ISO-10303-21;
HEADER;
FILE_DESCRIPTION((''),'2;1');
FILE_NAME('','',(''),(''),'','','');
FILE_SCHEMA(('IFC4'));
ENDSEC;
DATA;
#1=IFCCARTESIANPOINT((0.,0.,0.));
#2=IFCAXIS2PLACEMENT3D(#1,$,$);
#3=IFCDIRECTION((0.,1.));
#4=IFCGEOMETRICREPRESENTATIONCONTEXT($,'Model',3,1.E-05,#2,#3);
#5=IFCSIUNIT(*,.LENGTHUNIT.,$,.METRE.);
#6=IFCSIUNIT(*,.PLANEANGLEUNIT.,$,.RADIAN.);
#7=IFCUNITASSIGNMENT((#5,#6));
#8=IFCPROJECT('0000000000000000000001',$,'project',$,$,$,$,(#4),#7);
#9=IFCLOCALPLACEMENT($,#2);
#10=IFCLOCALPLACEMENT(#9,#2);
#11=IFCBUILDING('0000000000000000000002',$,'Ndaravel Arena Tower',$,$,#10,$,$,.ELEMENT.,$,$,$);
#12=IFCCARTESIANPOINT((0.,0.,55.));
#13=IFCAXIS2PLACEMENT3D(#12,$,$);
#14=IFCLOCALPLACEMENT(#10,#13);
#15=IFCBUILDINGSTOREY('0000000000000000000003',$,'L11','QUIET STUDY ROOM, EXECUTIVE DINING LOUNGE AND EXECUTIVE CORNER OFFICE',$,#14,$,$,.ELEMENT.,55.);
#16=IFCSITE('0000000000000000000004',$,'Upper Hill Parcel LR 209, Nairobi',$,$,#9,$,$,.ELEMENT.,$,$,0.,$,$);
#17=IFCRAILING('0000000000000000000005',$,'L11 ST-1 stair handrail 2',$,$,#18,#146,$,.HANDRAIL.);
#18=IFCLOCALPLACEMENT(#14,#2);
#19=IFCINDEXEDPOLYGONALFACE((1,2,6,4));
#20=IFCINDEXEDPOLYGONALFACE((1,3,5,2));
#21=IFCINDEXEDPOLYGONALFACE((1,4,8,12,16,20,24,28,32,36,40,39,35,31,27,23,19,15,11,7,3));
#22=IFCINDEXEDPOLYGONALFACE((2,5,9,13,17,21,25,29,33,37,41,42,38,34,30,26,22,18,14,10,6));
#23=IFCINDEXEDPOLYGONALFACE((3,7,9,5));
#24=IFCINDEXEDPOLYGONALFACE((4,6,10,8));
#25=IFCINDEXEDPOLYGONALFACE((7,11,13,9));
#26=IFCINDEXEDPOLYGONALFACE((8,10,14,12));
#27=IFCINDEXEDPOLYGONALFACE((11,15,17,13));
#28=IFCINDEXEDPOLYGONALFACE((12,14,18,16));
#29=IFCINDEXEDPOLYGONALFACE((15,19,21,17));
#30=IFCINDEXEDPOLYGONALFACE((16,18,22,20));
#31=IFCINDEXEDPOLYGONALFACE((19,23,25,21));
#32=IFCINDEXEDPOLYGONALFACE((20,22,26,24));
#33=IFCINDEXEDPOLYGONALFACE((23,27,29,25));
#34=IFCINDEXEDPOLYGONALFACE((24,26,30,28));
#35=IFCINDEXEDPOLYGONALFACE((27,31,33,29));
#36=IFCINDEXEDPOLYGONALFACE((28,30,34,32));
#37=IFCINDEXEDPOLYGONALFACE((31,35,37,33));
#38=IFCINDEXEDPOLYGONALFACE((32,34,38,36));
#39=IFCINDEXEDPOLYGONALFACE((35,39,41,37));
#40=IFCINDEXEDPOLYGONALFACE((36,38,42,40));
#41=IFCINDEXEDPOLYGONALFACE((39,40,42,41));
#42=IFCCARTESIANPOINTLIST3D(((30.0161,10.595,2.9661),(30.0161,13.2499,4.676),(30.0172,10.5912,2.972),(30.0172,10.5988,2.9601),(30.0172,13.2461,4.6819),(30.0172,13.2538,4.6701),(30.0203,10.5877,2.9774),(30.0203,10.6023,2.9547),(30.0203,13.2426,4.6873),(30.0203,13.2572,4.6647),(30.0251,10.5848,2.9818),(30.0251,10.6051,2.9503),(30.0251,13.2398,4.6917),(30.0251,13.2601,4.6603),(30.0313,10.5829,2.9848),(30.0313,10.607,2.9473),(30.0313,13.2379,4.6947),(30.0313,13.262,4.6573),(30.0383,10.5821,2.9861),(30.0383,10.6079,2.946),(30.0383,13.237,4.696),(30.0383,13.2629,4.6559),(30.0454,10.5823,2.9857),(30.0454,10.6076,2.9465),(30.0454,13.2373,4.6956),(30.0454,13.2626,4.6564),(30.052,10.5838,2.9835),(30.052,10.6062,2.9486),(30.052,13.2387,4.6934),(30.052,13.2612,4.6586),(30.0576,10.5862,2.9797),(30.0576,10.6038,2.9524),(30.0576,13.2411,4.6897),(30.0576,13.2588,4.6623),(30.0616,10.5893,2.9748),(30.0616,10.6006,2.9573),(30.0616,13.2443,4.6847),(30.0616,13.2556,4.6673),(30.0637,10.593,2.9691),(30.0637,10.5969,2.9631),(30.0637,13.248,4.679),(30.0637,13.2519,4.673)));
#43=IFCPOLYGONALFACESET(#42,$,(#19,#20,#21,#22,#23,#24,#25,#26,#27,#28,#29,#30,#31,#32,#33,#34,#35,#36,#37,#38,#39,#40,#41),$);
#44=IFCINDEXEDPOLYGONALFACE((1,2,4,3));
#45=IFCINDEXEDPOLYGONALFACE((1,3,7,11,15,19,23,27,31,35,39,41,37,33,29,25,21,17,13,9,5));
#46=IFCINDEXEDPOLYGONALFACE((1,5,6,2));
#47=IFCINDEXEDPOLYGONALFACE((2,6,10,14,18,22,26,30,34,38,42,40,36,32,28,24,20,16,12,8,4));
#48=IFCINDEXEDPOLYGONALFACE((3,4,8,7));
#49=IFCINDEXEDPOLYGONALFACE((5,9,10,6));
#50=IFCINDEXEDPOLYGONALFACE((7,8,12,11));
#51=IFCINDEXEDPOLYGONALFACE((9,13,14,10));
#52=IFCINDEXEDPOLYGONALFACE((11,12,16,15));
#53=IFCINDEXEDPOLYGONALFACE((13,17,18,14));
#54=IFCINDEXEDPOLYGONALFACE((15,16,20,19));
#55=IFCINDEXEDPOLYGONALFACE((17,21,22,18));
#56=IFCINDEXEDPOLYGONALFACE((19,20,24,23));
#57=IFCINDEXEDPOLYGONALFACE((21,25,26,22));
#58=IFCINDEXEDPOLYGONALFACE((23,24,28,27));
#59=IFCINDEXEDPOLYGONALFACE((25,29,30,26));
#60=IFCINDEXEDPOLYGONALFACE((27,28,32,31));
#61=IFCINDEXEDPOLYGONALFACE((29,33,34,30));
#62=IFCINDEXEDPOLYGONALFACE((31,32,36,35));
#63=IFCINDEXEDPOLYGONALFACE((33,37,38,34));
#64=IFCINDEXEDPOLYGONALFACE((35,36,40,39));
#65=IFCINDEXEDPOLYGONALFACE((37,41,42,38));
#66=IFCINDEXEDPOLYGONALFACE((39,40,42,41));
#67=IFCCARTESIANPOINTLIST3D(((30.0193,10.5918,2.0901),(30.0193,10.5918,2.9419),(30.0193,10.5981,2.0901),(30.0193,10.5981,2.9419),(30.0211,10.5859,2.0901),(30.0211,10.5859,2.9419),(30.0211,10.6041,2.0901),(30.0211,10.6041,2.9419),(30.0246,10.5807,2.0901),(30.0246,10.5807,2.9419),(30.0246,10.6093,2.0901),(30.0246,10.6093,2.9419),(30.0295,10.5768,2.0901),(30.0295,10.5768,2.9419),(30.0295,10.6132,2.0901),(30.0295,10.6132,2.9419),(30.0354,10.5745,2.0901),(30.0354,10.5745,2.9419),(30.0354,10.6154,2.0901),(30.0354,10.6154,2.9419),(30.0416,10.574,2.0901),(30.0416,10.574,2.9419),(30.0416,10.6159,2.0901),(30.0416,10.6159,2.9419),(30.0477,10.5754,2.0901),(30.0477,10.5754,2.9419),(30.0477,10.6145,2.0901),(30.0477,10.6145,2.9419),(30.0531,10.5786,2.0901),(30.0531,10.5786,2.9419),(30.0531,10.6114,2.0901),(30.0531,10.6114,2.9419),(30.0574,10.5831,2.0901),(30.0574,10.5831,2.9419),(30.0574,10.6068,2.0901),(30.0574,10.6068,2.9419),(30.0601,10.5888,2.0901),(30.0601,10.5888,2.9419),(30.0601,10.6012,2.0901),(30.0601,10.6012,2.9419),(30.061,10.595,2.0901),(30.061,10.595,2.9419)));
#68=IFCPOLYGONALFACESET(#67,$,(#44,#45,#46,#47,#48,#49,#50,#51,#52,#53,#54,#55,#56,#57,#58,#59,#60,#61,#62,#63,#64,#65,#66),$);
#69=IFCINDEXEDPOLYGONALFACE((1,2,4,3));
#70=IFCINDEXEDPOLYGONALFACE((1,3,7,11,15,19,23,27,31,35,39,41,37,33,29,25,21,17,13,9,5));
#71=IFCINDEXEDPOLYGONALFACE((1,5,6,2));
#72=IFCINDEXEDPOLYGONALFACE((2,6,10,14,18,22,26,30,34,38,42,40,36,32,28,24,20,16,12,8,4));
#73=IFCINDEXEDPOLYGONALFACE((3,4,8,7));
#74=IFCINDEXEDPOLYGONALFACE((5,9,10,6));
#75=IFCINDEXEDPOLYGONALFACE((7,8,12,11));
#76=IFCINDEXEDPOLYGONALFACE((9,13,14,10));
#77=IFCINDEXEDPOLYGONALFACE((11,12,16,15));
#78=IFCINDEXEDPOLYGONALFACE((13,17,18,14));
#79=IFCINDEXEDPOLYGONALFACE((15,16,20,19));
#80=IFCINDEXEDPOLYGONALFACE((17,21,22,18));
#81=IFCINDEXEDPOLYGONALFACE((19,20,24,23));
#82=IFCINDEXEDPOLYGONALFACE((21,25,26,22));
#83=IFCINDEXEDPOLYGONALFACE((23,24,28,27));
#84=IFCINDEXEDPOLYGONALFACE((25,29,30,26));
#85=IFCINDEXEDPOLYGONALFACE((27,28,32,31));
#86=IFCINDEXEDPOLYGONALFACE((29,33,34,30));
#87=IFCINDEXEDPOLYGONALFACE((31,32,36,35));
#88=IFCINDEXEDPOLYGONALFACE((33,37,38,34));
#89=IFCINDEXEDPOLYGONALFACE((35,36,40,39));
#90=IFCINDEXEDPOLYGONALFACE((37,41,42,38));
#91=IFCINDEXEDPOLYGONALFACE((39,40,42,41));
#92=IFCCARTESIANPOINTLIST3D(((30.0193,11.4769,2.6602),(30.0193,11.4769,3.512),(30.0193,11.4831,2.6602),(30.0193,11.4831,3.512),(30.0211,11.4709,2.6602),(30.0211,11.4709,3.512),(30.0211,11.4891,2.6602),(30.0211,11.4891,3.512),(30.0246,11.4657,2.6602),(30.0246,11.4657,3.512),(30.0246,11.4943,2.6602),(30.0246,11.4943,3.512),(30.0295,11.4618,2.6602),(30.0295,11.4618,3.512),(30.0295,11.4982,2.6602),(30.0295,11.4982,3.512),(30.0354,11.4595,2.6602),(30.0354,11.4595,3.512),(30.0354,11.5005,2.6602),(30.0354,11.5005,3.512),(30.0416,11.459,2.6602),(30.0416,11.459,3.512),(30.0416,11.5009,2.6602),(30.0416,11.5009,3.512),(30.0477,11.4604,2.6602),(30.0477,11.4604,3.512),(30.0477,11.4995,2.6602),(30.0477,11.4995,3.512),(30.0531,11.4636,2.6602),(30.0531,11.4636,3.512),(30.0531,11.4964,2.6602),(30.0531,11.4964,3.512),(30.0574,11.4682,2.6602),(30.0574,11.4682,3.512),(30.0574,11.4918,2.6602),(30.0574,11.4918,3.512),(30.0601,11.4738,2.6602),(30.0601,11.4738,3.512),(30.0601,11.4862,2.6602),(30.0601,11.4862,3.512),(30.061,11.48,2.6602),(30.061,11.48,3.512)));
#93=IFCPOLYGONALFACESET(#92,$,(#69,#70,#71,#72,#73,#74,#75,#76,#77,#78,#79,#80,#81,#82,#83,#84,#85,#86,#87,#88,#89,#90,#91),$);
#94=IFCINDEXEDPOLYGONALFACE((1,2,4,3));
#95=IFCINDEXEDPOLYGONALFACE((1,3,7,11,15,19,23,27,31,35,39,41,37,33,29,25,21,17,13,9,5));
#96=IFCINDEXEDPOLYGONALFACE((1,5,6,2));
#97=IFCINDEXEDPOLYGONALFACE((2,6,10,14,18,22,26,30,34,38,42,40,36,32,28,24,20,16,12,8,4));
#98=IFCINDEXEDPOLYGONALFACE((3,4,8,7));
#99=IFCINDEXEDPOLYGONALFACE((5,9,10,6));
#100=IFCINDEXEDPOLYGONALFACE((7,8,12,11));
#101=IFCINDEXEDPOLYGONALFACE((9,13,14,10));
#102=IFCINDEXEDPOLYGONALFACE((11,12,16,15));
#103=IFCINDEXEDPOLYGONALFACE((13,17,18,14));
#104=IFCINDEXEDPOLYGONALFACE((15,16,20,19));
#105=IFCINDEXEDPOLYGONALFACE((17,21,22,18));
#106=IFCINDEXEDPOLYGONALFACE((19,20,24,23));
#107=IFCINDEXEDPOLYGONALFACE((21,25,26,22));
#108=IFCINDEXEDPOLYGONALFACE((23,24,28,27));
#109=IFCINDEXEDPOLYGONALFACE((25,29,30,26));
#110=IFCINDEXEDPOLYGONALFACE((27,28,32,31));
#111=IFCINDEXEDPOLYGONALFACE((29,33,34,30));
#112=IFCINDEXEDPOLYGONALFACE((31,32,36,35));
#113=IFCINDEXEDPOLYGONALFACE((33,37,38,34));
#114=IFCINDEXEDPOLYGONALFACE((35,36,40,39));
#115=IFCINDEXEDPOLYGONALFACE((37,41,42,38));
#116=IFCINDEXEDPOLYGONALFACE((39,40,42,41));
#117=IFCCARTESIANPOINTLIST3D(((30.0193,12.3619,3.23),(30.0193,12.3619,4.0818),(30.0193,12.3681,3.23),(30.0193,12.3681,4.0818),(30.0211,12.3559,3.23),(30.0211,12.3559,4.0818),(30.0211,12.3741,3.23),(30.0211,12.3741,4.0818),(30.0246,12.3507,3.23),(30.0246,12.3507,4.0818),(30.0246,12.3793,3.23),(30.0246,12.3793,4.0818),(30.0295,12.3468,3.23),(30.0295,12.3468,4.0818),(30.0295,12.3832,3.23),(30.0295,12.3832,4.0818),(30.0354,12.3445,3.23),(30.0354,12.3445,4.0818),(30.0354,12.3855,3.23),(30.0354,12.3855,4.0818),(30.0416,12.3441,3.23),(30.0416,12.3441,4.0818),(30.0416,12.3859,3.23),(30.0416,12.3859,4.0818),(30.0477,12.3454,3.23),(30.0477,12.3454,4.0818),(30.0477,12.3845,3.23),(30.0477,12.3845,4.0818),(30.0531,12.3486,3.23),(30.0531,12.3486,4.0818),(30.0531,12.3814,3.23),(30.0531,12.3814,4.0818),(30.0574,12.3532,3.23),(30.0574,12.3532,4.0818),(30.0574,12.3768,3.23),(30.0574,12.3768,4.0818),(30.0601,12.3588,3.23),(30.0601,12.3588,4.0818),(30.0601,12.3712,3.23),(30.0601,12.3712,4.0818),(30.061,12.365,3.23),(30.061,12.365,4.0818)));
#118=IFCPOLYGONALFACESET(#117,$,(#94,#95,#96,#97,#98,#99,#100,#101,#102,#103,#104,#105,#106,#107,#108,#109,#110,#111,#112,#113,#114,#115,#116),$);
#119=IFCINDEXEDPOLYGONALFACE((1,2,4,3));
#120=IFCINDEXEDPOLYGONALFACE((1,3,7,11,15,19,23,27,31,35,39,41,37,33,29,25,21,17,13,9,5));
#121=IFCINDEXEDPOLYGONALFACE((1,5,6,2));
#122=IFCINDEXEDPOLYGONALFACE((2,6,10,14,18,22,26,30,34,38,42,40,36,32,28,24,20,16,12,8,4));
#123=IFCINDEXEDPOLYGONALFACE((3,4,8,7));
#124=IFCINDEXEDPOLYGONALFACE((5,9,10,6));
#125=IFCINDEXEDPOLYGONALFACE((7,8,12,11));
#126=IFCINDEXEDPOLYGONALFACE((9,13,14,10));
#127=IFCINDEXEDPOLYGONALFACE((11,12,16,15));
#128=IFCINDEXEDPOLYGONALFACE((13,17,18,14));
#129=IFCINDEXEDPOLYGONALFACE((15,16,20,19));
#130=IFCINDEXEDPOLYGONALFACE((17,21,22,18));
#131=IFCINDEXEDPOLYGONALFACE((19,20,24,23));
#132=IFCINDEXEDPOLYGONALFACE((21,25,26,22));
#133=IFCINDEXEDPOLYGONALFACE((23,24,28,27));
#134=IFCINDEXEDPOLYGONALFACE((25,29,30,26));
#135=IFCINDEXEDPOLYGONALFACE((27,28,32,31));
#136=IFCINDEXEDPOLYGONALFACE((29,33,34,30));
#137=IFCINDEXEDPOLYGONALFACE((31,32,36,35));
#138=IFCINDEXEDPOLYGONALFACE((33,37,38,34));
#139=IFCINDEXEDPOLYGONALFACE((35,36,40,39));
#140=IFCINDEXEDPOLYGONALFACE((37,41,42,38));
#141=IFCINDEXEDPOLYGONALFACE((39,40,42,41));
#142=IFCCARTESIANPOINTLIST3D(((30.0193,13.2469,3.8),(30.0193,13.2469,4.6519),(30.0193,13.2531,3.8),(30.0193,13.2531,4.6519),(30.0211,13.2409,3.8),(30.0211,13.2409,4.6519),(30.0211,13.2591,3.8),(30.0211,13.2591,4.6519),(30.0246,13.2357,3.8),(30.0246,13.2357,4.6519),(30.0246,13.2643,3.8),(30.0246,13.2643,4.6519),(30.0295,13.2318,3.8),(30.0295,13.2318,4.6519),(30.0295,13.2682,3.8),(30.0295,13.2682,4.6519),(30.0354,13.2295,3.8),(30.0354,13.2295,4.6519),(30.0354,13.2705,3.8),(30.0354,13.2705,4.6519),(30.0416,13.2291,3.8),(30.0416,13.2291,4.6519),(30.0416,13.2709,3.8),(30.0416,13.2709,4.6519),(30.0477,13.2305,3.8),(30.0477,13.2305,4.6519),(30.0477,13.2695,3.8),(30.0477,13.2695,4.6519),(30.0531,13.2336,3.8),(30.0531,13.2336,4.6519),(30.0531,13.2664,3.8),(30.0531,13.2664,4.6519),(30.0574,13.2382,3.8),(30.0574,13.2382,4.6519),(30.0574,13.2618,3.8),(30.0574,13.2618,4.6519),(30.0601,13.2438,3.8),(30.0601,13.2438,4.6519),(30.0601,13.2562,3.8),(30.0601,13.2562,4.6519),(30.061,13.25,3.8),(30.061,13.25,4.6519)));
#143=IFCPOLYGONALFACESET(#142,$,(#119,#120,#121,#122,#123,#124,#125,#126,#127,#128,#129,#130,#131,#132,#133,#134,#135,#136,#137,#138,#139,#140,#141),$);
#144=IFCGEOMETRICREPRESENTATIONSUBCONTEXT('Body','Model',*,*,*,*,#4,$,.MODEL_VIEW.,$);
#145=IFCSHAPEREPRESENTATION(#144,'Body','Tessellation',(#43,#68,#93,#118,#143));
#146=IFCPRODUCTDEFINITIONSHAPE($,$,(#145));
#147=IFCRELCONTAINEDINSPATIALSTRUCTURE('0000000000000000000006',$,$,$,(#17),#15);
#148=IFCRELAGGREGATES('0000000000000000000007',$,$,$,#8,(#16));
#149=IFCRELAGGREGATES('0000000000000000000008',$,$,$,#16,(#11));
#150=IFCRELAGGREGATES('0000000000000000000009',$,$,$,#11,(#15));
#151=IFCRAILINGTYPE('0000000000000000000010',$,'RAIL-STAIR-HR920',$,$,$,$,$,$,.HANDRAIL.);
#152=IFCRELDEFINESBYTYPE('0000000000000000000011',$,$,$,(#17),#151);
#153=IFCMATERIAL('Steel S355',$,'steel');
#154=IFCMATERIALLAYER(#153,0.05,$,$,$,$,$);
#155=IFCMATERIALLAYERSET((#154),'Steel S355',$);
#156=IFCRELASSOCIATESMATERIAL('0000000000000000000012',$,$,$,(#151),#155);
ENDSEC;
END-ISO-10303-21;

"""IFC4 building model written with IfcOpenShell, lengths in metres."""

from ifc_helpers import new_model, si_unit, direction, frame, origin, origin_2d, place, context, subcontext, project, spatial, circle, extrude, material, layer, layer_set, type_object, element, save


model = new_model("IFC4")

# Units and contexts
model_context = context("Model", 3, precision=1e-05, world=origin(), true_north=direction((0.0, 1.0)))
body_context = subcontext(model_context, "Body", "Model", "MODEL_VIEW")
ifc_project = project(units=[si_unit("LENGTHUNIT", "METRE"), si_unit("PLANEANGLEUNIT", "RADIAN")], contexts=[model_context])

# Site, building, storey
site_placement = place(None, origin())
site = spatial("IfcSite", under=ifc_project, at=site_placement, Name="Upper Hill Parcel LR 209, Nairobi", CompositionType="ELEMENT", RefElevation=0.0)
building_placement = place(site_placement, origin())
building = spatial("IfcBuilding", under=site, at=building_placement, Name="Ndaravel Arena Tower", CompositionType="ELEMENT")
storey_placement = place(building_placement, frame((0.0, 0.0, 55.0)))
storey = spatial("IfcBuildingStorey", under=building, at=storey_placement, Name="L11", Description="QUIET STUDY ROOM, EXECUTIVE DINING LOUNGE AND EXECUTIVE CORNER OFFICE", CompositionType="ELEMENT", Elevation=55.0)

# Railing
ifc_material_1 = material(Name="Steel S355", Category="steel")
ifc_layer_1 = layer(ifc_material_1, 0.05)
ifc_layer_set_1 = layer_set([ifc_layer_1], Name="Steel S355")
railing_type_1 = type_object("IfcRailingType", Name="RAIL-STAIR-HR920", PredefinedType="HANDRAIL", material=ifc_layer_set_1)
railing_1_placement = place(storey_placement, frame((30.04, 10.595, 2.0901)))
element("IfcRailing", 1, at=railing_1_placement, inside=storey, type_object=railing_type_1, Name="L11 ST-1 stair handrail 2", PredefinedType="HANDRAIL", context=body_context, shape_type="SweptSolid", body=[
    extrude(circle(Radius=0.0239, at=origin_2d()), frame((0.0, 0.0, 0.876), z_axis=(0.0, 0.840724, 0.541465), x_axis=(-1.0, 0.0, 0.0)), (0.0, 0.0, 1.0), 3.158),
    extrude(circle(Radius=0.021, at=origin_2d()), origin(), (0.0, 0.0, 1.0), 0.8518),
    extrude(circle(Radius=0.021, at=origin_2d()), frame((0.0, 0.885, 0.5701)), (0.0, 0.0, 1.0), 0.8518),
    extrude(circle(Radius=0.021, at=origin_2d()), frame((0.0, 1.77, 1.1399)), (0.0, 0.0, 1.0), 0.8518),
    extrude(circle(Radius=0.021, at=origin_2d()), frame((0.0, 2.655, 1.71)), (0.0, 0.0, 1.0), 0.8518),
])

save(model, "model.ifc")
